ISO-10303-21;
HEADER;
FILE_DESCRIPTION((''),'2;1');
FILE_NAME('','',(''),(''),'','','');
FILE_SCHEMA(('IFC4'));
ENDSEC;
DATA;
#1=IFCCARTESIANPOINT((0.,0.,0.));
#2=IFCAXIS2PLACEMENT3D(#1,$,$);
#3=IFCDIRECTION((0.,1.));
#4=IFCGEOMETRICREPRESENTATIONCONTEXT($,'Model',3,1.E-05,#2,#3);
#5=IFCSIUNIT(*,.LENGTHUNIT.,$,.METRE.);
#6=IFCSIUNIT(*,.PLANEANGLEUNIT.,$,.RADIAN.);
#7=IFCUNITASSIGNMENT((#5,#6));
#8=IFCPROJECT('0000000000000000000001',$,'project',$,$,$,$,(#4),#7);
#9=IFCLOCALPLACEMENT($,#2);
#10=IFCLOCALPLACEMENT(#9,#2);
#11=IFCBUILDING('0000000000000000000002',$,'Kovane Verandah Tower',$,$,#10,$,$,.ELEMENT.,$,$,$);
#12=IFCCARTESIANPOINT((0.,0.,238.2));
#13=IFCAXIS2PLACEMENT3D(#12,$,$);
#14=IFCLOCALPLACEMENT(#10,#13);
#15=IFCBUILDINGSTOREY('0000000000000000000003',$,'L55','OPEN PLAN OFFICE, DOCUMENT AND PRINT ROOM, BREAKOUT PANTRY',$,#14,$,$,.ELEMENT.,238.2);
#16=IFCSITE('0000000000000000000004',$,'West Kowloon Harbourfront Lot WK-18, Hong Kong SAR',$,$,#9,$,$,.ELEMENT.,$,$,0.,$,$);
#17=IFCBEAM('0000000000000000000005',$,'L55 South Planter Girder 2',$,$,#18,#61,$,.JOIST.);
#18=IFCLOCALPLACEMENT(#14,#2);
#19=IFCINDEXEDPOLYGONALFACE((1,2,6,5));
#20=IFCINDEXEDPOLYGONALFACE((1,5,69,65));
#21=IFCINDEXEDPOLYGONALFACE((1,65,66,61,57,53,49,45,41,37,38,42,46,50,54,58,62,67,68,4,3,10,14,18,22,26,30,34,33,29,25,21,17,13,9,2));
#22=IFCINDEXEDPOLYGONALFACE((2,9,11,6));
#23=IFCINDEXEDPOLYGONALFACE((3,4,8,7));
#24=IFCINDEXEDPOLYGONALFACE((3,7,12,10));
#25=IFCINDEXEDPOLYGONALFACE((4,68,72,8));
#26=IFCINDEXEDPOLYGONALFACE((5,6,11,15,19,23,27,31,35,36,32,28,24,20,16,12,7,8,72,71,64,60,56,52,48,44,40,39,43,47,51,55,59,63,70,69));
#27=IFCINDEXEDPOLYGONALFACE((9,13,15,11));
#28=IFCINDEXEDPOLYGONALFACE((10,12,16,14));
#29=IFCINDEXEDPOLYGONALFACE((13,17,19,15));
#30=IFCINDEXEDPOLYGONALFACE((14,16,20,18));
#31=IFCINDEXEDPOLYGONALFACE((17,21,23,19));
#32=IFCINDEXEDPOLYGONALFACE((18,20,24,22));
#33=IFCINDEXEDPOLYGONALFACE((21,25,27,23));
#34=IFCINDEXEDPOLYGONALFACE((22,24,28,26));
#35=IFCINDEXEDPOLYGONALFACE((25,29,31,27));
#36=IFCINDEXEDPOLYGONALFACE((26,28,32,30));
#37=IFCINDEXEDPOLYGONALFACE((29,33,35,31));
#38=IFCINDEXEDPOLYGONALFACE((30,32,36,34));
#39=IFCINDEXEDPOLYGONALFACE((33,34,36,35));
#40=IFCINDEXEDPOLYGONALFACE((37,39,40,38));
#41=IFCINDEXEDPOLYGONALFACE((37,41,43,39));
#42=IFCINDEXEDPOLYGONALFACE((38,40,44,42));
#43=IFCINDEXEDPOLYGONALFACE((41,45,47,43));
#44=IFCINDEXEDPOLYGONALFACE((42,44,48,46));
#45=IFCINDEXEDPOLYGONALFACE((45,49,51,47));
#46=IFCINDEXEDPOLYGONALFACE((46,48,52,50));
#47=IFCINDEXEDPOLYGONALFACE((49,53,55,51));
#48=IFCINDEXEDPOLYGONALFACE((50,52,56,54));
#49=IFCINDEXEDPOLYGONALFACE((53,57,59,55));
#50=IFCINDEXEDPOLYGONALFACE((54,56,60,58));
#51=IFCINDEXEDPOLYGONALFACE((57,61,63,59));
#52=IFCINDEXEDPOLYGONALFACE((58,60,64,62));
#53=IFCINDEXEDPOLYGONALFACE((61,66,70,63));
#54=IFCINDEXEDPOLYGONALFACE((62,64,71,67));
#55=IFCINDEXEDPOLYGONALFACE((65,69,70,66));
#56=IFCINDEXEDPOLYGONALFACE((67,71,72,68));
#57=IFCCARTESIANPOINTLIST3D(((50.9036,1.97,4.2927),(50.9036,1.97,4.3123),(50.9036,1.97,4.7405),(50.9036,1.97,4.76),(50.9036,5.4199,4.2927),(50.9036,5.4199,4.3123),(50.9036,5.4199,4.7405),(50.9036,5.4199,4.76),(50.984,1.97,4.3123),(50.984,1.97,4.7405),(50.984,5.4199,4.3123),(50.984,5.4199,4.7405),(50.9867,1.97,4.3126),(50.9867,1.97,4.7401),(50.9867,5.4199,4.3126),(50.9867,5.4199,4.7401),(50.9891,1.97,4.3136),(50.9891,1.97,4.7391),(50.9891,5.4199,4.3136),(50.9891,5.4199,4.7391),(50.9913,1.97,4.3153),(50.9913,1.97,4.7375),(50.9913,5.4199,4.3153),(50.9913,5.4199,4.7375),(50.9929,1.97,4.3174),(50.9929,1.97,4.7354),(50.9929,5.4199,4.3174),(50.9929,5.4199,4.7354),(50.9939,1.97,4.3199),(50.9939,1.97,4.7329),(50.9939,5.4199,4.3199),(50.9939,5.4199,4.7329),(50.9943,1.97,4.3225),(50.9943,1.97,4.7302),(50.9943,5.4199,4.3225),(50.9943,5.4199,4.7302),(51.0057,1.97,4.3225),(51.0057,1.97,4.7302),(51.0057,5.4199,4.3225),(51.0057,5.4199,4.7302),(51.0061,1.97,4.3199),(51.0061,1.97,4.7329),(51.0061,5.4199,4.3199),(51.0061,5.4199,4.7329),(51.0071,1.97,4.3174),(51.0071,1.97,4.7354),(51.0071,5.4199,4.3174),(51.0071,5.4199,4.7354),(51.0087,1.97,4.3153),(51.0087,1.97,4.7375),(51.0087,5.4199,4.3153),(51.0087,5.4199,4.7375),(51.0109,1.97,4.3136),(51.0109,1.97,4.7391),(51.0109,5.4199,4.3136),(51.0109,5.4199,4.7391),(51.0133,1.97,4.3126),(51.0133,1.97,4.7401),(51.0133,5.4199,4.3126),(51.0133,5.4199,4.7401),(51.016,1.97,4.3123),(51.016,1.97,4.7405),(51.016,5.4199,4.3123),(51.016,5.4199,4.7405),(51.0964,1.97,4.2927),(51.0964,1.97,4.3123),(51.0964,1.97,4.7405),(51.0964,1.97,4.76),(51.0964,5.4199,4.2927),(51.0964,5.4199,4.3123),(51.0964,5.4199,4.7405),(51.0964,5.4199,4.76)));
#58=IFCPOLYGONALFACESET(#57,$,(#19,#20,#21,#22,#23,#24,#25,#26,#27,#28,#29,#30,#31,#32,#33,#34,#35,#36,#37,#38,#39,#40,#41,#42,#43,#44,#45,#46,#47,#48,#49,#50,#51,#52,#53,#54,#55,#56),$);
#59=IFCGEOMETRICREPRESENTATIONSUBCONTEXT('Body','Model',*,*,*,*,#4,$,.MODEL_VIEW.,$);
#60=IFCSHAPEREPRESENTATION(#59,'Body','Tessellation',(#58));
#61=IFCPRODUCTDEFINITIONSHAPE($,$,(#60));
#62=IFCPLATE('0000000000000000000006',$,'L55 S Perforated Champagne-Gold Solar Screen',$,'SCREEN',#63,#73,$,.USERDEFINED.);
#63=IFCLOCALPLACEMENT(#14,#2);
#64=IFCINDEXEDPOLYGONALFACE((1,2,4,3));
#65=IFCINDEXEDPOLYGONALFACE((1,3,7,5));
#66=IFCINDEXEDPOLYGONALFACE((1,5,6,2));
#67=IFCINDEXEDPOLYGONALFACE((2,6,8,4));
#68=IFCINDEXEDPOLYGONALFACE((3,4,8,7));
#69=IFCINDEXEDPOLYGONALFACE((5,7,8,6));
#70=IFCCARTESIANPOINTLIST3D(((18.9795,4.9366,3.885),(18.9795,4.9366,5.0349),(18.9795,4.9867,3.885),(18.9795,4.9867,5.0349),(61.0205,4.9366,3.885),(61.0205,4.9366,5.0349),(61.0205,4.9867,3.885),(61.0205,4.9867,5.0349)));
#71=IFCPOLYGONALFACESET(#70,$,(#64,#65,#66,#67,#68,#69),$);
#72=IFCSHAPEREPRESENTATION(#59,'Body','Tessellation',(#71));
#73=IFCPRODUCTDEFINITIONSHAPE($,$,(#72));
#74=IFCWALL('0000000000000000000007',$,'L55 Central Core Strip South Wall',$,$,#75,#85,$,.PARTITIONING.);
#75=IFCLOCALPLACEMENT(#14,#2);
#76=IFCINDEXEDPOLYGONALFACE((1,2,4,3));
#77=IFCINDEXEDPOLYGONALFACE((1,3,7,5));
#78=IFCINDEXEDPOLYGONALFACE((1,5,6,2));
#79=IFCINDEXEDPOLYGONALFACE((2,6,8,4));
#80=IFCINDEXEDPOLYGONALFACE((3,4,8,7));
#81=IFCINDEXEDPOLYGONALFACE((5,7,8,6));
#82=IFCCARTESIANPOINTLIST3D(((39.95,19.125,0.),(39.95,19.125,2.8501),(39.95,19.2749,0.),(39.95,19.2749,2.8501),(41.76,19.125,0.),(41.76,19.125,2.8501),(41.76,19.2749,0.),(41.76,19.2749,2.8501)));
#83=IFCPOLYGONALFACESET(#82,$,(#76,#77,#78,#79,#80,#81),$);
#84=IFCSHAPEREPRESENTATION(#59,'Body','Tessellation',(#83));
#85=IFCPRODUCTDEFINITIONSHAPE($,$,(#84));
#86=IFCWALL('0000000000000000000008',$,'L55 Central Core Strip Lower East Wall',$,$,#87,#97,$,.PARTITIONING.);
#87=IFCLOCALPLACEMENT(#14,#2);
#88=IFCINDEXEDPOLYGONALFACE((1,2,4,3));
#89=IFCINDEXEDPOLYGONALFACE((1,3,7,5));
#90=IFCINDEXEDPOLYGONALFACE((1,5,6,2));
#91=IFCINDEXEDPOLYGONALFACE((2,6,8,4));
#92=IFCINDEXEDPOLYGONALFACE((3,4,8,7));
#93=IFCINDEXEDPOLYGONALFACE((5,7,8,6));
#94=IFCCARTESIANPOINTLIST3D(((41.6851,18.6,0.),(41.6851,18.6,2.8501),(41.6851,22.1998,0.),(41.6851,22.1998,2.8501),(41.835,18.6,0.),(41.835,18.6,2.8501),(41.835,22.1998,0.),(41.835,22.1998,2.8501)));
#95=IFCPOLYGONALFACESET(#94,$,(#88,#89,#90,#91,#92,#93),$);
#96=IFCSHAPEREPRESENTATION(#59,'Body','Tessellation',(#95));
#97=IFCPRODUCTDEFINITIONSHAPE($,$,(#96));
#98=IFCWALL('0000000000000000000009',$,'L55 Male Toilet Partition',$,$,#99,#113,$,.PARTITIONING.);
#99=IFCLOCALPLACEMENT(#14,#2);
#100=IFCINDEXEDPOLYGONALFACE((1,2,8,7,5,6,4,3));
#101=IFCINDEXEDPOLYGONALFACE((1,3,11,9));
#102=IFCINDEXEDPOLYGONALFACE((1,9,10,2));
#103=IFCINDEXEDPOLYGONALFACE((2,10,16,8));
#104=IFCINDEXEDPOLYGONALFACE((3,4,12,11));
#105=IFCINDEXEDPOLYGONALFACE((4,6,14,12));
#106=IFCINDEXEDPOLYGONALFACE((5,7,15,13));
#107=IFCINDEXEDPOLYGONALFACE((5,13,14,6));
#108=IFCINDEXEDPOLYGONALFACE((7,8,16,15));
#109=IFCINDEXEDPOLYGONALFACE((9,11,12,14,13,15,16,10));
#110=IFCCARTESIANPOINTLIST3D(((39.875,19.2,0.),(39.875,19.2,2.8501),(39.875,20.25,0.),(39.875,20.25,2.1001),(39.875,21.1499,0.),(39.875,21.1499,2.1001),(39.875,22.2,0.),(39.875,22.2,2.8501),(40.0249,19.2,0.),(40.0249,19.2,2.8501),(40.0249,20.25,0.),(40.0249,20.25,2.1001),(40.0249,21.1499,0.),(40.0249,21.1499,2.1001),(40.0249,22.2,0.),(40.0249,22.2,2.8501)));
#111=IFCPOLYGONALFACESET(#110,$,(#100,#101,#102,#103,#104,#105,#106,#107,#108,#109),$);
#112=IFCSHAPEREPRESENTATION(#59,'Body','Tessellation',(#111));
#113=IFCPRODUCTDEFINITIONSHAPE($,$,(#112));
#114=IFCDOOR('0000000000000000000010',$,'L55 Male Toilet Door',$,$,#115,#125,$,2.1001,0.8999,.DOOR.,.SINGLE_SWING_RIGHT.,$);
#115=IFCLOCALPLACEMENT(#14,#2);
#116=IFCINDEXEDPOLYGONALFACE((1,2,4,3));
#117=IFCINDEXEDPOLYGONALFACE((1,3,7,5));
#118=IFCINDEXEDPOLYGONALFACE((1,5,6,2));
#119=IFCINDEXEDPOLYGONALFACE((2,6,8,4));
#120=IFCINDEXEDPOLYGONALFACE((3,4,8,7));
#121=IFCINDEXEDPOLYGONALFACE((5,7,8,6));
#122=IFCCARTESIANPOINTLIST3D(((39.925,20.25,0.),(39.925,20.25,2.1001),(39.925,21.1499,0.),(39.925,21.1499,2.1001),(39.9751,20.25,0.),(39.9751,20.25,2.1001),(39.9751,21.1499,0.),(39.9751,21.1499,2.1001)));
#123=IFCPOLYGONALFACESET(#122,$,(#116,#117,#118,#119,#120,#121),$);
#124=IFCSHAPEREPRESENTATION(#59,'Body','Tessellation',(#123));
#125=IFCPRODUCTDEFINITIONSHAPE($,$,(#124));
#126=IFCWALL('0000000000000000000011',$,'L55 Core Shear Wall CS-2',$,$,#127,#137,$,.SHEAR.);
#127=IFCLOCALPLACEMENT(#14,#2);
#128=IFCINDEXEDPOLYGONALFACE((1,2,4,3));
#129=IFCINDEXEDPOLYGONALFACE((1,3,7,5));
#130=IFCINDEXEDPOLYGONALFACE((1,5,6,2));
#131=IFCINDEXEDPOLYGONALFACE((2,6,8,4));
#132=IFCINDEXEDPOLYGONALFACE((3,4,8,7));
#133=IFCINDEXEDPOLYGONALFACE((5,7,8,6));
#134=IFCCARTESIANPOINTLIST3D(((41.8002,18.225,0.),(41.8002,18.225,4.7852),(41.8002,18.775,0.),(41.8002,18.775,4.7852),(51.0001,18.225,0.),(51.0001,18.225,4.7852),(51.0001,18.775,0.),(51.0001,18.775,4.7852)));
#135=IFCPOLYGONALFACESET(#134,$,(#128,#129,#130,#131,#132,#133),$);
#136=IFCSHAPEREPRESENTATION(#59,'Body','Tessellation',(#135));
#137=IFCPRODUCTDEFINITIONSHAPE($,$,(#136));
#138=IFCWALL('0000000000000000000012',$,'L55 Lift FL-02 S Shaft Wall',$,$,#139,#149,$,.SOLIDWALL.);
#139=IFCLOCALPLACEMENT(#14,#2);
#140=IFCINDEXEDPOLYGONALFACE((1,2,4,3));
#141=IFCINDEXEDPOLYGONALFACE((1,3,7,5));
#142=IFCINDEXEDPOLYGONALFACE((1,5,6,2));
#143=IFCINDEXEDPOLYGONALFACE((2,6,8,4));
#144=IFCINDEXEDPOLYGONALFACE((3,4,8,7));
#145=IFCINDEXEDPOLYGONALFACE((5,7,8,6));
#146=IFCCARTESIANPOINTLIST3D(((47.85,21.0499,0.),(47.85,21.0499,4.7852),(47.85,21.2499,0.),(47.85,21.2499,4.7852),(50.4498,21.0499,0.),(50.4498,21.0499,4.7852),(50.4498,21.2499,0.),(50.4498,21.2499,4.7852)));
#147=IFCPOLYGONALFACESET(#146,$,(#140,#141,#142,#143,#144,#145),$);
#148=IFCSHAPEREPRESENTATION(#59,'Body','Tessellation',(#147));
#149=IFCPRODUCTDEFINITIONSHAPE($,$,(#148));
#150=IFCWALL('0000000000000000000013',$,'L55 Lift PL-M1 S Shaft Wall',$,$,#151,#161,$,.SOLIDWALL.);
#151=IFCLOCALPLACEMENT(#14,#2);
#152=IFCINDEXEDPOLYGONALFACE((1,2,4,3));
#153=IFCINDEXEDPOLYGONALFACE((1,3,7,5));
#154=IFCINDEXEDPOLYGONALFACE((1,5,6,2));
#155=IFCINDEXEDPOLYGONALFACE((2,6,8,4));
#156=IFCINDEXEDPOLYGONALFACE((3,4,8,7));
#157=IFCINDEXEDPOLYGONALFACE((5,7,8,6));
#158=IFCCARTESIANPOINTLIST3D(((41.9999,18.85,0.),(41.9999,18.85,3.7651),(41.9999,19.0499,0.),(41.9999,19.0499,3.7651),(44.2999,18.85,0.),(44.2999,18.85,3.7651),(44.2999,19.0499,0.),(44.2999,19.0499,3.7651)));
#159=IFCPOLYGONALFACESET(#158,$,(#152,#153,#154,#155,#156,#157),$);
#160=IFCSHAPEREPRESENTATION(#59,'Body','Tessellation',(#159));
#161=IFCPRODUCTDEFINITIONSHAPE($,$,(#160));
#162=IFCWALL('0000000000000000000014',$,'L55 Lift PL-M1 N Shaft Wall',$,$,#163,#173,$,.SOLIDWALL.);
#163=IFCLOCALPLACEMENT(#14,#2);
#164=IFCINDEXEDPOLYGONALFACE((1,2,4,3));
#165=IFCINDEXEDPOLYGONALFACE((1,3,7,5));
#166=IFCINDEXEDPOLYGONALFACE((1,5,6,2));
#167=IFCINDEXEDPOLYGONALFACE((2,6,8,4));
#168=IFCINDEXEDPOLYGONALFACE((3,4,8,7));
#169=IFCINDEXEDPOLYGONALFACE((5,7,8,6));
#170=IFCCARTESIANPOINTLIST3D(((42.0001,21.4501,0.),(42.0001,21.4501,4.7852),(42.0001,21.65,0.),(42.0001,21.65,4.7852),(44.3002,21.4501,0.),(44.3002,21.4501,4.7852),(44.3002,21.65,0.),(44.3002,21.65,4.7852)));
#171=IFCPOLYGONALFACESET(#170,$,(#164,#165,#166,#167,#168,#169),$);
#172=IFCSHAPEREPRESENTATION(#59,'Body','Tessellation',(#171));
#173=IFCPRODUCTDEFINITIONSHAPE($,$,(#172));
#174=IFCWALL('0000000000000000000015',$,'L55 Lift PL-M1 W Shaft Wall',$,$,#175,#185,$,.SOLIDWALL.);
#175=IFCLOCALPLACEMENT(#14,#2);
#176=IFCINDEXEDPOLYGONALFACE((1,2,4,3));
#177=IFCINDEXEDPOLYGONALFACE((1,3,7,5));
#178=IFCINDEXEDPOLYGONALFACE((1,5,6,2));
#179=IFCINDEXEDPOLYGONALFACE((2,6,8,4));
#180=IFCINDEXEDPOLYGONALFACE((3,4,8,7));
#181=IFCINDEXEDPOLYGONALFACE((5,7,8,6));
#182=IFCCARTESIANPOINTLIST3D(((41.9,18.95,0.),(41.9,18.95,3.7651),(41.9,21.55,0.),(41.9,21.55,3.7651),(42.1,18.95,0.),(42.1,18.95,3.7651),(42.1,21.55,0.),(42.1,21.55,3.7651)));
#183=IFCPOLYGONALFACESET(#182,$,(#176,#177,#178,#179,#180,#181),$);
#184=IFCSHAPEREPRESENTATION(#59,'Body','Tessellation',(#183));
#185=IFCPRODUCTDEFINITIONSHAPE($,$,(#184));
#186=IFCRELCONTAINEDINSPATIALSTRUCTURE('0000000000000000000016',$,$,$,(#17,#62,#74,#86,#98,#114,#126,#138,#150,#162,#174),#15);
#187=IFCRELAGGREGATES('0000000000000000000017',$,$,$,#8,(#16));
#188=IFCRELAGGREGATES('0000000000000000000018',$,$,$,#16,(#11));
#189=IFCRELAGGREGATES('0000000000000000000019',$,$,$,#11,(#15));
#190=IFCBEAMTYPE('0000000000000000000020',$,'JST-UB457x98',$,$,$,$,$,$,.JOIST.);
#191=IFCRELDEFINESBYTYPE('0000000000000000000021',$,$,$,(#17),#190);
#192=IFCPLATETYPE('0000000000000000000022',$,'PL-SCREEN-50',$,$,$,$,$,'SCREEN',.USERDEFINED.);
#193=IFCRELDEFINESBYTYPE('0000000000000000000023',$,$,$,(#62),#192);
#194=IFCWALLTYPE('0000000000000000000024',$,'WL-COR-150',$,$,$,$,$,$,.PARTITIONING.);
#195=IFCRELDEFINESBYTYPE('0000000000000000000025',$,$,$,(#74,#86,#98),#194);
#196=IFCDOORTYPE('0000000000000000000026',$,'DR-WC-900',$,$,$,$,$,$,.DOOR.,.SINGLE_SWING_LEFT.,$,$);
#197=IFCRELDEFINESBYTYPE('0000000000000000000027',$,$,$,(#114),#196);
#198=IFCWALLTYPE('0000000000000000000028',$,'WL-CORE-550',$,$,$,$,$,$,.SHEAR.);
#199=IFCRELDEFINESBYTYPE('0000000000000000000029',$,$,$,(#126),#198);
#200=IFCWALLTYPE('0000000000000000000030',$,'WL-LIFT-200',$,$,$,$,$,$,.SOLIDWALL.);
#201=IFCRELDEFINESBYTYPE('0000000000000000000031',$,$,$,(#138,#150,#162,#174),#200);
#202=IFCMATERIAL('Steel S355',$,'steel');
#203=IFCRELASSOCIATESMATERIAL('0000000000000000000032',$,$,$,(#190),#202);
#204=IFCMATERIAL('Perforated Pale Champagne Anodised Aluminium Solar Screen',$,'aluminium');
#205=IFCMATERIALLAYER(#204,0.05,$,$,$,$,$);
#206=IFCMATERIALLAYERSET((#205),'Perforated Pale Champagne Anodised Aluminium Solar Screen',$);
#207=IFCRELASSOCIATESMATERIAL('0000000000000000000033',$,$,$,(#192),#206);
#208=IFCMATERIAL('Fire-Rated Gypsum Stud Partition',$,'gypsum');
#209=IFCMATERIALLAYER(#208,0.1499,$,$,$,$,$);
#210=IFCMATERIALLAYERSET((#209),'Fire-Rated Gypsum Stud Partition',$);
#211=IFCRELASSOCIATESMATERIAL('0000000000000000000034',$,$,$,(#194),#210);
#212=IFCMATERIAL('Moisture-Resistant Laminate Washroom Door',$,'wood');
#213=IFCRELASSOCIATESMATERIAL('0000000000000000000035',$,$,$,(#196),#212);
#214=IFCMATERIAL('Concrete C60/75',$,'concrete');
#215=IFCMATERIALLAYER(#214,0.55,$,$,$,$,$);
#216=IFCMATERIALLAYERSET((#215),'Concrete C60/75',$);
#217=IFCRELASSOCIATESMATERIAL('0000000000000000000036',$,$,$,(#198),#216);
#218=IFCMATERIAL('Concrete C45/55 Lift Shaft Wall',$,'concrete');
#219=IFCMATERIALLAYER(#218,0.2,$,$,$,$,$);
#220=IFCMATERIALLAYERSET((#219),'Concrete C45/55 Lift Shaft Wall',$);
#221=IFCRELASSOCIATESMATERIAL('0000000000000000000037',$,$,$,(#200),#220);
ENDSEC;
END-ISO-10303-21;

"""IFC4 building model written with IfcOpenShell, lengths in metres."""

from ifc_helpers import new_model, si_unit, direction, frame, frame_2d, origin, origin_2d, place, context, subcontext, project, spatial, rectangle, i_section, extrude, material, layer, layer_set, material_profile, profile_set, type_object, element, fill, save


model = new_model("IFC4")

# Units and contexts
model_context = context("Model", 3, precision=1e-05, world=origin(), true_north=direction((0.0, 1.0)))
body_context = subcontext(model_context, "Body", "Model", "MODEL_VIEW")
ifc_project = project(units=[si_unit("LENGTHUNIT", "METRE"), si_unit("PLANEANGLEUNIT", "RADIAN")], contexts=[model_context])

# Site, building, storey
site_placement = place(None, origin())
site = spatial("IfcSite", under=ifc_project, at=site_placement, Name="West Kowloon Harbourfront Lot WK-18, Hong Kong SAR", CompositionType="ELEMENT", RefElevation=0.0)
building_placement = place(site_placement, origin())
building = spatial("IfcBuilding", under=site, at=building_placement, Name="Kovane Verandah Tower", CompositionType="ELEMENT")
storey_placement = place(building_placement, frame((0.0, 0.0, 238.2)))
storey = spatial("IfcBuildingStorey", under=building, at=storey_placement, Name="L55", Description="OPEN PLAN OFFICE, DOCUMENT AND PRINT ROOM, BREAKOUT PANTRY", CompositionType="ELEMENT", Elevation=238.2)

# Shared definitions
ifc_material_1 = material(Name="Concrete C60/75", Category="concrete")

# Beam
ifc_material_2 = material(Name="Steel S355", Category="steel")
ifc_material_profile_1 = material_profile(ifc_material_2, i_section(OverallWidth=0.1929, OverallDepth=0.4673, WebThickness=0.0115, FlangeThickness=0.0195, FilletRadius=0.0103, at=origin_2d()), Name="UB457x191x98")
ifc_profile_set_1 = profile_set([ifc_material_profile_1], Name="Steel S355")
beam_type_1 = type_object("IfcBeamType", Name="JST-UB457x98", PredefinedType="JOIST", material=ifc_profile_set_1)
beam_1_placement = place(storey_placement, frame((51.0, 5.4199, 4.5264), z_axis=(0.0, -1.0, 0.0), x_axis=(1.0, 0.0, 0.0)))
element("IfcBeam", 1, at=beam_1_placement, inside=storey, type_object=beam_type_1, Name="L55 South Planter Girder 2", PredefinedType="JOIST", context=body_context, shape_type="SweptSolid", body=[
    extrude(i_section(OverallWidth=0.1929, OverallDepth=0.4673, WebThickness=0.0115, FlangeThickness=0.0195, FilletRadius=0.0103, at=origin_2d()), origin(), (0.0, 0.0, 1.0), 3.45),
])

# Plate
ifc_material_3 = material(Name="Perforated Pale Champagne Anodised Aluminium Solar Screen", Category="aluminium")
ifc_layer_1 = layer(ifc_material_3, 0.05)
ifc_layer_set_1 = layer_set([ifc_layer_1], Name="Perforated Pale Champagne Anodised Aluminium Solar Screen")
plate_type = type_object("IfcPlateType", Name="PL-SCREEN-50", ElementType="SCREEN", PredefinedType="USERDEFINED", material=ifc_layer_set_1)
plate_placement = place(storey_placement, frame((40.0, 4.9617, 3.885), z_axis=(0.0, 0.0, 1.0), x_axis=(1.0, 0.0, 0.0)))
element("IfcPlate", 2, at=plate_placement, inside=storey, type_object=plate_type, Name="L55 S Perforated Champagne-Gold Solar Screen", ObjectType="SCREEN", PredefinedType="USERDEFINED", context=body_context, shape_type="SweptSolid", body=[
    extrude(rectangle(XDim=42.041, YDim=0.05, at=origin_2d()), origin(), (0.0, 0.0, 1.0), 1.1499),
])

# Walls
ifc_material_4 = material(Name="Fire-Rated Gypsum Stud Partition", Category="gypsum")
ifc_layer_2 = layer(ifc_material_4, 0.1499)
ifc_layer_set_2 = layer_set([ifc_layer_2], Name="Fire-Rated Gypsum Stud Partition")
wall_type_1 = type_object("IfcWallType", Name="WL-COR-150", PredefinedType="PARTITIONING", material=ifc_layer_set_2)
wall_1_placement = place(storey_placement, frame((39.95, 19.2, 0.0), z_axis=(0.0, 0.0, 1.0), x_axis=(1.0, 0.0, 0.0)))
element("IfcWall", 3, at=wall_1_placement, inside=storey, type_object=wall_type_1, Name="L55 Central Core Strip South Wall", PredefinedType="PARTITIONING", context=body_context, shape_type="SweptSolid", body=[
    extrude(rectangle(XDim=1.8101, YDim=0.1499, at=frame_2d((0.905, 0.0))), origin(), (0.0, 0.0, 1.0), 2.8501),
])
wall_2_placement = place(storey_placement, frame((41.76, 18.6001, 0.0), z_axis=(0.0, 0.0, 1.0), x_axis=(0.0, 1.0, 0.0)))
element("IfcWall", 4, at=wall_2_placement, inside=storey, type_object=wall_type_1, Name="L55 Central Core Strip Lower East Wall", PredefinedType="PARTITIONING", context=body_context, shape_type="SweptSolid", body=[
    extrude(rectangle(XDim=3.5999, YDim=0.1499, at=frame_2d((1.7998, 0.0))), origin(), (0.0, 0.0, 1.0), 2.8501),
])

# Wall, opening, door
wall_3_placement = place(storey_placement, frame((39.95, 19.2, 0.0), z_axis=(0.0, 0.0, 1.0), x_axis=(0.0, 1.0, 0.0)))
wall_3 = element("IfcWall", 5, at=wall_3_placement, inside=storey, type_object=wall_type_1, Name="L55 Male Toilet Partition", PredefinedType="PARTITIONING", context=body_context, shape_type="SweptSolid", body=[
    extrude(rectangle(XDim=3.0, YDim=0.1499, at=frame_2d((1.5, 0.0))), origin(), (0.0, 0.0, 1.0), 2.8501),
])
opening_placement = place(wall_3_placement, frame((1.05, 0.0, 0.0)))
opening = element("IfcOpeningElement", 6, at=opening_placement, cuts=wall_3, PredefinedType="OPENING", context=body_context, shape_type="SweptSolid", body=[
    extrude(rectangle(XDim=0.8999, YDim=2.1001, at=frame_2d((0.45, 1.05))), frame((0.0, 0.075, 0.0), z_axis=(0.0, -1.0, 0.0), x_axis=(1.0, 0.0, 0.0)), (0.0, 0.0, 1.0), 0.1499),
])
ifc_material_5 = material(Name="Moisture-Resistant Laminate Washroom Door", Category="wood")
door_type = type_object("IfcDoorType", Name="DR-WC-900", OperationType="SINGLE_SWING_LEFT", PredefinedType="DOOR", material=ifc_material_5)
door_placement = place(opening_placement, origin())
door = element("IfcDoor", 7, at=door_placement, inside=storey, type_object=door_type, Name="L55 Male Toilet Door", OperationType="SINGLE_SWING_RIGHT", OverallHeight=2.1001, OverallWidth=0.8999, PredefinedType="DOOR", context=body_context, shape_type="SweptSolid", body=[
    extrude(rectangle(XDim=0.8999, YDim=2.1001, at=frame_2d((0.45, 1.05))), frame((0.0, 0.0249, 0.0), z_axis=(0.0, -1.0, 0.0), x_axis=(1.0, 0.0, 0.0)), (0.0, 0.0, 1.0), 0.05),
])
fill(opening, door)

# Walls
ifc_layer_3 = layer(ifc_material_1, 0.55)
ifc_layer_set_3 = layer_set([ifc_layer_3], Name="Concrete C60/75")
wall_type_2 = type_object("IfcWallType", Name="WL-CORE-550", PredefinedType="SHEAR", material=ifc_layer_set_3)
wall_4_placement = place(storey_placement, frame((41.8, 18.5, 0.0), z_axis=(0.0, 0.0, 1.0), x_axis=(1.0, 0.0, 0.0)))
element("IfcWall", 8, at=wall_4_placement, inside=storey, type_object=wall_type_2, Name="L55 Core Shear Wall CS-2", PredefinedType="SHEAR", context=body_context, shape_type="SweptSolid", body=[
    extrude(rectangle(XDim=9.2, YDim=0.55, at=frame_2d((4.6001, 0.0))), origin(), (0.0, 0.0, 1.0), 4.7852),
])
ifc_material_6 = material(Name="Concrete C45/55 Lift Shaft Wall", Category="concrete")
ifc_layer_4 = layer(ifc_material_6, 0.2)
ifc_layer_set_4 = layer_set([ifc_layer_4], Name="Concrete C45/55 Lift Shaft Wall")
wall_type_3 = type_object("IfcWallType", Name="WL-LIFT-200", PredefinedType="SOLIDWALL", material=ifc_layer_set_4)
wall_5_placement = place(storey_placement, frame((47.8501, 21.1499, 0.0), z_axis=(0.0, 0.0, 1.0), x_axis=(1.0, 0.0, 0.0)))
element("IfcWall", 9, at=wall_5_placement, inside=storey, type_object=wall_type_3, Name="L55 Lift FL-02 S Shaft Wall", PredefinedType="SOLIDWALL", context=body_context, shape_type="SweptSolid", body=[
    extrude(rectangle(XDim=2.5999, YDim=0.2, at=frame_2d((1.2998, 0.0))), origin(), (0.0, 0.0, 1.0), 4.7852),
])
wall_6_placement = place(storey_placement, frame((42.0, 18.95, 0.0), z_axis=(0.0, 0.0, 1.0), x_axis=(1.0, 0.0, 0.0)))
element("IfcWall", 10, at=wall_6_placement, inside=storey, type_object=wall_type_3, Name="L55 Lift PL-M1 S Shaft Wall", PredefinedType="SOLIDWALL", context=body_context, shape_type="SweptSolid", body=[
    extrude(rectangle(XDim=2.3, YDim=0.2, at=frame_2d((1.1499, 0.0))), origin(), (0.0, 0.0, 1.0), 3.7651),
])
wall_7_placement = place(storey_placement, frame((44.3, 21.55, 0.0), z_axis=(0.0, 0.0, 1.0), x_axis=(-1.0, 0.0, 0.0)))
element("IfcWall", 11, at=wall_7_placement, inside=storey, type_object=wall_type_3, Name="L55 Lift PL-M1 N Shaft Wall", PredefinedType="SOLIDWALL", context=body_context, shape_type="SweptSolid", body=[
    extrude(rectangle(XDim=2.3, YDim=0.2, at=frame_2d((1.1499, 0.0))), origin(), (0.0, 0.0, 1.0), 4.7852),
])
wall_8_placement = place(storey_placement, frame((42.0, 21.55, 0.0), z_axis=(0.0, 0.0, 1.0), x_axis=(0.0, -1.0, 0.0)))
element("IfcWall", 12, at=wall_8_placement, inside=storey, type_object=wall_type_3, Name="L55 Lift PL-M1 W Shaft Wall", PredefinedType="SOLIDWALL", context=body_context, shape_type="SweptSolid", body=[
    extrude(rectangle(XDim=2.6001, YDim=0.2, at=frame_2d((1.3, 0.0))), origin(), (0.0, 0.0, 1.0), 3.7651),
])

save(model, "model.ifc")
